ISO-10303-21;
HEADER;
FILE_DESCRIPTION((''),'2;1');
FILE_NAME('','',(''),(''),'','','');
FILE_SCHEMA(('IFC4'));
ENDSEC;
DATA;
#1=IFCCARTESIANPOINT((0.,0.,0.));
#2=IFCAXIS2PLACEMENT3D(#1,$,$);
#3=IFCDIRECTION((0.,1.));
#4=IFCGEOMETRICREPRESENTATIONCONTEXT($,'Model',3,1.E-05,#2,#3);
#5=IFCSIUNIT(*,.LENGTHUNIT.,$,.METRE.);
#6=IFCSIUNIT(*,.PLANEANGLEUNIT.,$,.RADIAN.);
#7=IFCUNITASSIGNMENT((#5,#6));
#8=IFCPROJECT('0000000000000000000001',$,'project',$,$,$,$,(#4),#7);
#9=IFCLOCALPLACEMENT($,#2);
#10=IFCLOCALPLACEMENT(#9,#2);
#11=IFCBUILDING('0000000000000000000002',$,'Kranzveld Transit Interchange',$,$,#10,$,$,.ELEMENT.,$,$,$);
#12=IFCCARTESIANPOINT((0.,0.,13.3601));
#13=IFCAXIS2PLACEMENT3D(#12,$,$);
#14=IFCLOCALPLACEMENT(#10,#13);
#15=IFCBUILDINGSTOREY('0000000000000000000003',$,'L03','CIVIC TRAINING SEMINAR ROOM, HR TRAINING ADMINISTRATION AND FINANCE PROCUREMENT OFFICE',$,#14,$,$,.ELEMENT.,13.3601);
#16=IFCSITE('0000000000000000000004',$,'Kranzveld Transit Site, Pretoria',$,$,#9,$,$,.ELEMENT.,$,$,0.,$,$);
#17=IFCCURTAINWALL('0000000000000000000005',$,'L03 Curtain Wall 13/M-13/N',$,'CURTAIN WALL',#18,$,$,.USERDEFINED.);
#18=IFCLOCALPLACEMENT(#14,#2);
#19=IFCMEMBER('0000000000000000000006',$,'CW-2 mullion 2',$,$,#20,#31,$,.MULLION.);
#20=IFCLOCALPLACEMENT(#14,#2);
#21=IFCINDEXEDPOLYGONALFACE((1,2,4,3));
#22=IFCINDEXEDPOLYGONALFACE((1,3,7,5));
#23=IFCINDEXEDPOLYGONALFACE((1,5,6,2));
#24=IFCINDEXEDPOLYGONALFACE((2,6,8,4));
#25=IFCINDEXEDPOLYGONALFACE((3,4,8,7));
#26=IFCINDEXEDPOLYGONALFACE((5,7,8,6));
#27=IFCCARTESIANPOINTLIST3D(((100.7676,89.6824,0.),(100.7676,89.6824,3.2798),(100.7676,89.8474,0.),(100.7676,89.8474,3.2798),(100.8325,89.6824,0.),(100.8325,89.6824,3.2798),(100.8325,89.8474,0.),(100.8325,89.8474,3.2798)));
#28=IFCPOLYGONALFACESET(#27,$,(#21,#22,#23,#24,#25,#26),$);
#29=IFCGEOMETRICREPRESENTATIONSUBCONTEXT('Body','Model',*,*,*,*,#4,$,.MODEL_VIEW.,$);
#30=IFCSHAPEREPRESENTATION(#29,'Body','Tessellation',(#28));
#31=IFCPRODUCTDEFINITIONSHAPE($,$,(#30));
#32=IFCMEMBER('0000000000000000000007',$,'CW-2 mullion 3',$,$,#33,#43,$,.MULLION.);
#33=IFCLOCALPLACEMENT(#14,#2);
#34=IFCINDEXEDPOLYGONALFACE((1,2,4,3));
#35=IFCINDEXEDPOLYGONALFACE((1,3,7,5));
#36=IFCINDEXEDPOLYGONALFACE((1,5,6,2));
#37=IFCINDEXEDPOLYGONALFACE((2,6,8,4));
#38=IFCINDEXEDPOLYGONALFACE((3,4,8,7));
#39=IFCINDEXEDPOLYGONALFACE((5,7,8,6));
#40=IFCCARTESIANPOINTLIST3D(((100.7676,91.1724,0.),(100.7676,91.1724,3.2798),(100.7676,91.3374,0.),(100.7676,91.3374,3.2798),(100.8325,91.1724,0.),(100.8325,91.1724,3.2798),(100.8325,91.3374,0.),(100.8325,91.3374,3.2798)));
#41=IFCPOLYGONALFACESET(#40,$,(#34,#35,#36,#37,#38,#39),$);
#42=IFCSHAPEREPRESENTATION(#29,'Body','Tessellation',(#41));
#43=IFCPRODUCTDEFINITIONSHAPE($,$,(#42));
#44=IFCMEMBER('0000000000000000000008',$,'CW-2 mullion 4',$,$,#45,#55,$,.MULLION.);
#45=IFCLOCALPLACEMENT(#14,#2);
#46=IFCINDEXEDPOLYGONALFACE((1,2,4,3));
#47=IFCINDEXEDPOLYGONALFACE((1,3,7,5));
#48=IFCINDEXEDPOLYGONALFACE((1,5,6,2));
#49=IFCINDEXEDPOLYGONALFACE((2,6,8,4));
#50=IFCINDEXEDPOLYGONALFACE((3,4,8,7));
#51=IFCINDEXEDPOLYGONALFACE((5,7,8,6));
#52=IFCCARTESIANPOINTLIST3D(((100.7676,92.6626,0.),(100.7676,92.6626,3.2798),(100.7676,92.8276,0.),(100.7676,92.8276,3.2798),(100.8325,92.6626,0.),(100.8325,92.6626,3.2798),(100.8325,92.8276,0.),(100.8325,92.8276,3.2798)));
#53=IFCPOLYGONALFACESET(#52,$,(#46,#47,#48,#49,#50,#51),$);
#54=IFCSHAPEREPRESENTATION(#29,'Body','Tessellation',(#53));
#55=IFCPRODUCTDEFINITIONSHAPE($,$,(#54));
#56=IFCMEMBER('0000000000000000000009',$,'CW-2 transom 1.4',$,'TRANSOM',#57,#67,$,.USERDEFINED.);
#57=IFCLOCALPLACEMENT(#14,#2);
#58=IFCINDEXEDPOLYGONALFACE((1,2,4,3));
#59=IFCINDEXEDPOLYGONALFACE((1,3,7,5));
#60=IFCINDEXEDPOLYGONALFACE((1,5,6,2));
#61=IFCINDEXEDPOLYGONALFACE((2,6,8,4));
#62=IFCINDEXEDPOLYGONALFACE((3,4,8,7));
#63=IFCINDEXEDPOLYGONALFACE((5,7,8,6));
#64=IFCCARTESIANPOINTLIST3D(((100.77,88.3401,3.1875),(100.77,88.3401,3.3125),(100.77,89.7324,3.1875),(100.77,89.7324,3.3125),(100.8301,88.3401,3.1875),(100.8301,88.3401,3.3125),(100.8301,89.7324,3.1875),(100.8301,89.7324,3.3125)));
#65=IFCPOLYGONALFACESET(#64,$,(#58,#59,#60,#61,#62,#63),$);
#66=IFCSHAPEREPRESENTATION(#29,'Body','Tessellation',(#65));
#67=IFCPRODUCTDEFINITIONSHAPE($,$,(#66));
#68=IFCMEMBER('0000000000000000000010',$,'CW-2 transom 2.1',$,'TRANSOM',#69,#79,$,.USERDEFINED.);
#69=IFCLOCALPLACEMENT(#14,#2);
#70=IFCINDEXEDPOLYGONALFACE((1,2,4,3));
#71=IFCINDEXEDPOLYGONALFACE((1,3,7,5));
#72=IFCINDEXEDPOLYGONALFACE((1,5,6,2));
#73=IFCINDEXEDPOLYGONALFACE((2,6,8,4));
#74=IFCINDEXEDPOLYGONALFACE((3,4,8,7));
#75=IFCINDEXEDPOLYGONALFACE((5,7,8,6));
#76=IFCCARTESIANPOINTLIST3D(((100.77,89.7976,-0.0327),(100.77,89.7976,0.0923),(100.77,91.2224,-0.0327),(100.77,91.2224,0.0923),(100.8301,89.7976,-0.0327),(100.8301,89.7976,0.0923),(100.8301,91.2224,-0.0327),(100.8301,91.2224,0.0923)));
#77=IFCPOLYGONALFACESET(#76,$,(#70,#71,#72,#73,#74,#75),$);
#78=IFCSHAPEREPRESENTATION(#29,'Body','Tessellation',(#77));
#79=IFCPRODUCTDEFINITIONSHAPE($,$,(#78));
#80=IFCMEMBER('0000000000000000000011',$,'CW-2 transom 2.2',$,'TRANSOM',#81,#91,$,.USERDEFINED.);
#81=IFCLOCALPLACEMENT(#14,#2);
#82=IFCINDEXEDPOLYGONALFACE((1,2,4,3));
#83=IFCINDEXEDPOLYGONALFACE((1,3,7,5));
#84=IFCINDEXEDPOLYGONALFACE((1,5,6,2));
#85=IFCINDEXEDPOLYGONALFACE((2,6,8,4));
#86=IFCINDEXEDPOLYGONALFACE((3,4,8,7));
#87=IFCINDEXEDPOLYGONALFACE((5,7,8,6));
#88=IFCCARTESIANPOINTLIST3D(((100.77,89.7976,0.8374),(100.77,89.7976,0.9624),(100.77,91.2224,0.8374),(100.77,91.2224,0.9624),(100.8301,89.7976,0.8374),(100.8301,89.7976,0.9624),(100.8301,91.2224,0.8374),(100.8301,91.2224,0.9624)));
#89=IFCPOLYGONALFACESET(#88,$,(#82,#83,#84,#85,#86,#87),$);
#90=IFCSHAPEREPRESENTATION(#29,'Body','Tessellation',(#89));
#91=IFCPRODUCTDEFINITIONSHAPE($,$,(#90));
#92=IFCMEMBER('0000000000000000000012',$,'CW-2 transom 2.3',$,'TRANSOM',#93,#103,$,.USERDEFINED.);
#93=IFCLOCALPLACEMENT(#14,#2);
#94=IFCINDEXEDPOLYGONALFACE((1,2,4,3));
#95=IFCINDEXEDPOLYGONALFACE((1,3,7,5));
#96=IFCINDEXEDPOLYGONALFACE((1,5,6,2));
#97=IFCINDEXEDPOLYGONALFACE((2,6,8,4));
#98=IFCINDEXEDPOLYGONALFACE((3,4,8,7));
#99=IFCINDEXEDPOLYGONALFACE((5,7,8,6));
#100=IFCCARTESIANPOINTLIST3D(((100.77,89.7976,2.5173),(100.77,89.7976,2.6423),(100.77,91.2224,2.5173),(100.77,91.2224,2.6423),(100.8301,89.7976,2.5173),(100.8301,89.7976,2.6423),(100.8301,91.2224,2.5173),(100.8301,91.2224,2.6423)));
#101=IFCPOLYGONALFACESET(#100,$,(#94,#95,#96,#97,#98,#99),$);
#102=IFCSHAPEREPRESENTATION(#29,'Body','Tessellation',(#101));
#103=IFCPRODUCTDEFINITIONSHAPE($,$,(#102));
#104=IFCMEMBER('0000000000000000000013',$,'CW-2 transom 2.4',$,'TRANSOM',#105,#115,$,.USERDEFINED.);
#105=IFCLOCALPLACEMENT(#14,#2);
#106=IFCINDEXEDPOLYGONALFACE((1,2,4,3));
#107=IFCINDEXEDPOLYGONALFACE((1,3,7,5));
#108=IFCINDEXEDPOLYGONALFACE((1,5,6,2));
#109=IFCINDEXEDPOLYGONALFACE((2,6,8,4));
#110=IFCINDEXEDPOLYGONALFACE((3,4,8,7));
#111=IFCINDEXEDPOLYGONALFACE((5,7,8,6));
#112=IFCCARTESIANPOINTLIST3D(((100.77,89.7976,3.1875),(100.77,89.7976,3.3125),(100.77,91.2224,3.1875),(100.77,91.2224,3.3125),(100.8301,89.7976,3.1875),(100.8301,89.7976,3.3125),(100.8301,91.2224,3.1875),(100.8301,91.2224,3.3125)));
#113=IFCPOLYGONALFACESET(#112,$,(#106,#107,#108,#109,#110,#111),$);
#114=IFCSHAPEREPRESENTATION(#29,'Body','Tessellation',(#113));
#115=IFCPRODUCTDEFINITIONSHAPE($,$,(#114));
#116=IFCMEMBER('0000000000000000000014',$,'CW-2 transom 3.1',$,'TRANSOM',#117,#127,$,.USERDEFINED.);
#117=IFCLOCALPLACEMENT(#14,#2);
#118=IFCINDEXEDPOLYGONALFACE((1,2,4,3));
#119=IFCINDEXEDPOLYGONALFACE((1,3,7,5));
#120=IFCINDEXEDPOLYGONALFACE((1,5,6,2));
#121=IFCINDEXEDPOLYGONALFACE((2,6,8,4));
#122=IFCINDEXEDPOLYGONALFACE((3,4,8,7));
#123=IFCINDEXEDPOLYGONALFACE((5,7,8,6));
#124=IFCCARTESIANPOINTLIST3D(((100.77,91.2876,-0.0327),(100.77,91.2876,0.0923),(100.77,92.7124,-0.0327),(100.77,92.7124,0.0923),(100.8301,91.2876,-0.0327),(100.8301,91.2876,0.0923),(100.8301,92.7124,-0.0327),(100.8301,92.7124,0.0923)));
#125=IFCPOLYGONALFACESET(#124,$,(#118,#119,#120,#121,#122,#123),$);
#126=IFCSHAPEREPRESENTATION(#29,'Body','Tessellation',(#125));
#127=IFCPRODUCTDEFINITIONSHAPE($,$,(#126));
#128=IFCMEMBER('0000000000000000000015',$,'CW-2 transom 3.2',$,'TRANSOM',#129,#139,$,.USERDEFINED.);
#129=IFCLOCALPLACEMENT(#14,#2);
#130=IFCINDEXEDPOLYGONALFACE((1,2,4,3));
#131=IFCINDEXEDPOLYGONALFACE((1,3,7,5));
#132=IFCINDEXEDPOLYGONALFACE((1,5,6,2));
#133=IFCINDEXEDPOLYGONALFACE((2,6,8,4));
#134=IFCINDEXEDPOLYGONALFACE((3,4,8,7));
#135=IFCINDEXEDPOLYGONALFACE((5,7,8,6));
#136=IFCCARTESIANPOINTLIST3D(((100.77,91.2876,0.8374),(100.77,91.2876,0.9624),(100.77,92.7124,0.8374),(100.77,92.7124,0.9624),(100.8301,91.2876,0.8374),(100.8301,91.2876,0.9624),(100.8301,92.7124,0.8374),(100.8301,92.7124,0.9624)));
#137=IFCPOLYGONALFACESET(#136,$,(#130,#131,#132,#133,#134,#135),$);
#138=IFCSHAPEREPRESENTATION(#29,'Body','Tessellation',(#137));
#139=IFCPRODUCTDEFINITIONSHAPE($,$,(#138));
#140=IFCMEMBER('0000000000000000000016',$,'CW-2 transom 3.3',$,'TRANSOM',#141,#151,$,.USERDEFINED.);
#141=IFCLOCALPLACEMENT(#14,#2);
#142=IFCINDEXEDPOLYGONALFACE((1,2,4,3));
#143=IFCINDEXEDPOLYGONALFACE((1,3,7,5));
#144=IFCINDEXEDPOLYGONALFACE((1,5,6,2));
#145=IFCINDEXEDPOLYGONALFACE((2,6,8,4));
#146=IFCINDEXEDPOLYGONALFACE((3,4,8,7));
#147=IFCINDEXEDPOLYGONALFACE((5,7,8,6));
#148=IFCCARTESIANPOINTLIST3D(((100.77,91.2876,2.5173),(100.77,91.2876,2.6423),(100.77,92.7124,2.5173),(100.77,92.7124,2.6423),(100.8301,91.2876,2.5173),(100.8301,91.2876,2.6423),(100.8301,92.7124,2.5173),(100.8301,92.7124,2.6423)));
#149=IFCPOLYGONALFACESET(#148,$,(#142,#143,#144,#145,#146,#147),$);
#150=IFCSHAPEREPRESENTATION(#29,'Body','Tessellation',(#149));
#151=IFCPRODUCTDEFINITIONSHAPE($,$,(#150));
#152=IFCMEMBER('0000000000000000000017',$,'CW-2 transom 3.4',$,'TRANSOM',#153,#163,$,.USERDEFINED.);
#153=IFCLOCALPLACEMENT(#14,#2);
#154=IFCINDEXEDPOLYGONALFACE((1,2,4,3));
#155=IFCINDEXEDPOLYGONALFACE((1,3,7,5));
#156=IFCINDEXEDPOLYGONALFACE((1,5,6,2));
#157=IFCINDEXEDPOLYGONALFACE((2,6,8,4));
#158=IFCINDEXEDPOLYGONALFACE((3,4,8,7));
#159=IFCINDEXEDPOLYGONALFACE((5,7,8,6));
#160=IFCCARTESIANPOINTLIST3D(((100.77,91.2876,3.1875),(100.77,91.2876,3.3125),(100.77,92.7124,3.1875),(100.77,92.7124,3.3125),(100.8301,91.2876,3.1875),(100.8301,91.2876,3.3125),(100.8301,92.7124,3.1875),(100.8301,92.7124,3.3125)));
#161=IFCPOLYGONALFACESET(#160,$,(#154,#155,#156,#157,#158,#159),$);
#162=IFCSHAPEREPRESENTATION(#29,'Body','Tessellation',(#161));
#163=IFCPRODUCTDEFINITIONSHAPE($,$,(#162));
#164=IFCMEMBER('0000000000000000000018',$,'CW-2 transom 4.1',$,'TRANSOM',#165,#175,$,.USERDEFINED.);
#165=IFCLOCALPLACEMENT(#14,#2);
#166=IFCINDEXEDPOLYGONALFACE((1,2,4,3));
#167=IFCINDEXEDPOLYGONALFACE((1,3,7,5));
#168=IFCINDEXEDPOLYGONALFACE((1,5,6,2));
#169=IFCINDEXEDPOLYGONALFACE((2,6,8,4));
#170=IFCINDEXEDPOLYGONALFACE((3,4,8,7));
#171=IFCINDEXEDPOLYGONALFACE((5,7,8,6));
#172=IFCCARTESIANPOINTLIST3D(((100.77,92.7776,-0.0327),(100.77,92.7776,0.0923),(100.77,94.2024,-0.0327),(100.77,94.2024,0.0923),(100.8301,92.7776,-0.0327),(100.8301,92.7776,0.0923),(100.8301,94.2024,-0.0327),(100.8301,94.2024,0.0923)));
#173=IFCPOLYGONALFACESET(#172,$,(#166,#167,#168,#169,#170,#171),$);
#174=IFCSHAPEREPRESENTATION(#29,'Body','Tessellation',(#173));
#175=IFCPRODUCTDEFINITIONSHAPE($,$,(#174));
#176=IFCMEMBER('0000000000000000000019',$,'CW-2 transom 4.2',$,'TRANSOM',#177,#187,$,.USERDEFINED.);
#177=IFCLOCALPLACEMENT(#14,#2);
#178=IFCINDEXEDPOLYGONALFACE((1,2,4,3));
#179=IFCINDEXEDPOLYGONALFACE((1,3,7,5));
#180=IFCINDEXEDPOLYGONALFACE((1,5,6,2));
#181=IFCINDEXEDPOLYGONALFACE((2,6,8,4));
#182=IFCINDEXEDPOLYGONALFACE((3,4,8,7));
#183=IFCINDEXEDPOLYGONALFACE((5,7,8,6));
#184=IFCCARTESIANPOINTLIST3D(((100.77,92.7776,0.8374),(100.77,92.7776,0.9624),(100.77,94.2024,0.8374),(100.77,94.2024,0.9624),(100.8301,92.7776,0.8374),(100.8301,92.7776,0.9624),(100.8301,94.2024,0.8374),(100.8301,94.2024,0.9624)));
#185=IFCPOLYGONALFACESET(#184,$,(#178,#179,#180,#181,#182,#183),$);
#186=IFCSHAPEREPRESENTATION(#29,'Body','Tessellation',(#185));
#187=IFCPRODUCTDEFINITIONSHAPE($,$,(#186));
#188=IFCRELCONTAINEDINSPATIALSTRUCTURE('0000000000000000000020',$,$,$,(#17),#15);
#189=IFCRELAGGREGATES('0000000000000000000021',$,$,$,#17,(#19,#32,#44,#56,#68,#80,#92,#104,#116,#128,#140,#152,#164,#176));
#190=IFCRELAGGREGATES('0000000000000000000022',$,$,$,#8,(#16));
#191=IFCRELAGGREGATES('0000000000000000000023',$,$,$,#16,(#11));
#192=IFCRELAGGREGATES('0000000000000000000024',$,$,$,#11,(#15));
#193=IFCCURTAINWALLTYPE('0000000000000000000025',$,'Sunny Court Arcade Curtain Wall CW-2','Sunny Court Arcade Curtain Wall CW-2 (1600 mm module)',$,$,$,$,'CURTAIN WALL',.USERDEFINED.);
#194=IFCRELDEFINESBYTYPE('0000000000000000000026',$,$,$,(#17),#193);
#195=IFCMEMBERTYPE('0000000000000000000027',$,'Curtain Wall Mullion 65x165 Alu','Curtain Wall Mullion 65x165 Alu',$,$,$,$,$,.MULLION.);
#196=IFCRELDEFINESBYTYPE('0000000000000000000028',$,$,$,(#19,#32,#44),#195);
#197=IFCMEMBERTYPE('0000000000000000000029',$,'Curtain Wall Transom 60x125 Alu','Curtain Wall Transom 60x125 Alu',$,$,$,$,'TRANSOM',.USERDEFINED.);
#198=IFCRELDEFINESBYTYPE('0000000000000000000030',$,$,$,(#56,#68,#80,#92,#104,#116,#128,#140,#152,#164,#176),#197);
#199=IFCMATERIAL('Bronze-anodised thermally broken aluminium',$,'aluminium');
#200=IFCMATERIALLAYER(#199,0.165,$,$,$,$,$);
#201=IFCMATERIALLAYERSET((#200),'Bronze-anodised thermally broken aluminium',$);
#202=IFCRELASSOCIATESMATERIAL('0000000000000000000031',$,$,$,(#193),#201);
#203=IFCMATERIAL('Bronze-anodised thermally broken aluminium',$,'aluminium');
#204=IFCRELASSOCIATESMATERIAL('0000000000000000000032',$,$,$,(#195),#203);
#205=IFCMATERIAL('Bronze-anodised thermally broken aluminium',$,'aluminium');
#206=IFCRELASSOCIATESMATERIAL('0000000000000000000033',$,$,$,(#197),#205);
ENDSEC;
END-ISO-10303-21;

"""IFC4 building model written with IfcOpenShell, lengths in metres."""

from ifc_helpers import new_model, si_unit, direction, frame, origin, origin_2d, place, context, subcontext, project, spatial, rectangle, extrude, material, layer, layer_set, material_profile, profile_set, type_object, element, aggregate, save


model = new_model("IFC4")

# Units and contexts
model_context = context("Model", 3, precision=1e-05, world=origin(), true_north=direction((0.0, 1.0)))
body_context = subcontext(model_context, "Body", "Model", "MODEL_VIEW")
ifc_project = project(units=[si_unit("LENGTHUNIT", "METRE"), si_unit("PLANEANGLEUNIT", "RADIAN")], contexts=[model_context])

# Site, building, storey
site_placement = place(None, origin())
site = spatial("IfcSite", under=ifc_project, at=site_placement, Name="Kranzveld Transit Site, Pretoria", CompositionType="ELEMENT", RefElevation=0.0)
building_placement = place(site_placement, origin())
building = spatial("IfcBuilding", under=site, at=building_placement, Name="Kranzveld Transit Interchange", CompositionType="ELEMENT")
storey_placement = place(building_placement, frame((0.0, 0.0, 13.3601)))
storey = spatial("IfcBuildingStorey", under=building, at=storey_placement, Name="L03", Description="CIVIC TRAINING SEMINAR ROOM, HR TRAINING ADMINISTRATION AND FINANCE PROCUREMENT OFFICE", CompositionType="ELEMENT", Elevation=13.3601)

# Curtain wall, members
ifc_material_1 = material(Name="Bronze-anodised thermally broken aluminium", Category="aluminium")
ifc_layer_1 = layer(ifc_material_1, 0.165)
ifc_layer_set_1 = layer_set([ifc_layer_1], Name="Bronze-anodised thermally broken aluminium")
curtain_wall_type = type_object("IfcCurtainWallType", Name="Sunny Court Arcade Curtain Wall CW-2", Description="Sunny Court Arcade Curtain Wall CW-2 (1600 mm module)", ElementType="CURTAIN WALL", PredefinedType="USERDEFINED", material=ifc_layer_set_1)
curtain_wall_placement = place(storey_placement, origin())
curtain_wall = element("IfcCurtainWall", 1, at=curtain_wall_placement, inside=storey, type_object=curtain_wall_type, Name="L03 Curtain Wall 13/M-13/N", ObjectType="CURTAIN WALL", PredefinedType="USERDEFINED")
ifc_material_2 = material(Name="Bronze-anodised thermally broken aluminium", Category="aluminium")
ifc_material_profile_1 = material_profile(ifc_material_2, rectangle(XDim=0.0649, YDim=0.165, at=origin_2d()), Name="ALU MULLION 65x165")
ifc_profile_set_1 = profile_set([ifc_material_profile_1], Name="Bronze-anodised thermally broken aluminium")
member_type_1 = type_object("IfcMemberType", Name="Curtain Wall Mullion 65x165 Alu", Description="Curtain Wall Mullion 65x165 Alu", PredefinedType="MULLION", material=ifc_profile_set_1)
member_1_placement = place(storey_placement, frame((100.8, 89.7649, 0.0), z_axis=(0.0, 0.0, 1.0), x_axis=(-1.0, 0.0, 0.0)))
member_1 = element("IfcMember", 2, at=member_1_placement, type_object=member_type_1, Name="CW-2 mullion 2", PredefinedType="MULLION", context=body_context, shape_type="SweptSolid", body=[
    extrude(rectangle(XDim=0.0649, YDim=0.165, at=origin_2d()), origin(), (0.0, 0.0, 1.0), 3.2798),
])
member_2_placement = place(storey_placement, frame((100.8, 91.2549, 0.0), z_axis=(0.0, 0.0, 1.0), x_axis=(-1.0, 0.0, 0.0)))
member_2 = element("IfcMember", 3, at=member_2_placement, type_object=member_type_1, Name="CW-2 mullion 3", PredefinedType="MULLION", context=body_context, shape_type="SweptSolid", body=[
    extrude(rectangle(XDim=0.0649, YDim=0.165, at=origin_2d()), origin(), (0.0, 0.0, 1.0), 3.2798),
])
member_3_placement = place(storey_placement, frame((100.8, 92.7451, 0.0), z_axis=(0.0, 0.0, 1.0), x_axis=(-1.0, 0.0, 0.0)))
member_3 = element("IfcMember", 4, at=member_3_placement, type_object=member_type_1, Name="CW-2 mullion 4", PredefinedType="MULLION", context=body_context, shape_type="SweptSolid", body=[
    extrude(rectangle(XDim=0.0649, YDim=0.165, at=origin_2d()), origin(), (0.0, 0.0, 1.0), 3.2798),
])
ifc_material_3 = material(Name="Bronze-anodised thermally broken aluminium", Category="aluminium")
ifc_material_profile_2 = material_profile(ifc_material_3, rectangle(XDim=0.0601, YDim=0.125, at=origin_2d()), Name="ALU TRANSOM 60x125")
ifc_profile_set_2 = profile_set([ifc_material_profile_2], Name="Bronze-anodised thermally broken aluminium")
member_type_2 = type_object("IfcMemberType", Name="Curtain Wall Transom 60x125 Alu", Description="Curtain Wall Transom 60x125 Alu", ElementType="TRANSOM", PredefinedType="USERDEFINED", material=ifc_profile_set_2)
member_4_placement = place(storey_placement, frame((100.8, 88.3401, 3.25), z_axis=(0.0, 1.0, 0.0), x_axis=(-1.0, 0.0, 0.0)))
member_4 = element("IfcMember", 5, at=member_4_placement, type_object=member_type_2, Name="CW-2 transom 1.4", ObjectType="TRANSOM", PredefinedType="USERDEFINED", context=body_context, shape_type="SweptSolid", body=[
    extrude(rectangle(XDim=0.0601, YDim=0.125, at=origin_2d()), origin(), (0.0, 0.0, 1.0), 1.3923),
])
member_5_placement = place(storey_placement, frame((100.8, 89.7976, 0.0298), z_axis=(0.0, 1.0, 0.0), x_axis=(-1.0, 0.0, 0.0)))
member_5 = element("IfcMember", 6, at=member_5_placement, type_object=member_type_2, Name="CW-2 transom 2.1", ObjectType="TRANSOM", PredefinedType="USERDEFINED", context=body_context, shape_type="SweptSolid", body=[
    extrude(rectangle(XDim=0.0601, YDim=0.125, at=origin_2d()), origin(), (0.0, 0.0, 1.0), 1.4248),
])
member_6_placement = place(storey_placement, frame((100.8, 89.7976, 0.8999), z_axis=(0.0, 1.0, 0.0), x_axis=(-1.0, 0.0, 0.0)))
member_6 = element("IfcMember", 7, at=member_6_placement, type_object=member_type_2, Name="CW-2 transom 2.2", ObjectType="TRANSOM", PredefinedType="USERDEFINED", context=body_context, shape_type="SweptSolid", body=[
    extrude(rectangle(XDim=0.0601, YDim=0.125, at=origin_2d()), origin(), (0.0, 0.0, 1.0), 1.4248),
])
member_7_placement = place(storey_placement, frame((100.8, 89.7976, 2.5798), z_axis=(0.0, 1.0, 0.0), x_axis=(-1.0, 0.0, 0.0)))
member_7 = element("IfcMember", 8, at=member_7_placement, type_object=member_type_2, Name="CW-2 transom 2.3", ObjectType="TRANSOM", PredefinedType="USERDEFINED", context=body_context, shape_type="SweptSolid", body=[
    extrude(rectangle(XDim=0.0601, YDim=0.125, at=origin_2d()), origin(), (0.0, 0.0, 1.0), 1.4248),
])
member_8_placement = place(storey_placement, frame((100.8, 89.7976, 3.25), z_axis=(0.0, 1.0, 0.0), x_axis=(-1.0, 0.0, 0.0)))
member_8 = element("IfcMember", 9, at=member_8_placement, type_object=member_type_2, Name="CW-2 transom 2.4", ObjectType="TRANSOM", PredefinedType="USERDEFINED", context=body_context, shape_type="SweptSolid", body=[
    extrude(rectangle(XDim=0.0601, YDim=0.125, at=origin_2d()), origin(), (0.0, 0.0, 1.0), 1.4248),
])
member_9_placement = place(storey_placement, frame((100.8, 91.2876, 0.0298), z_axis=(0.0, 1.0, 0.0), x_axis=(-1.0, 0.0, 0.0)))
member_9 = element("IfcMember", 10, at=member_9_placement, type_object=member_type_2, Name="CW-2 transom 3.1", ObjectType="TRANSOM", PredefinedType="USERDEFINED", context=body_context, shape_type="SweptSolid", body=[
    extrude(rectangle(XDim=0.0601, YDim=0.125, at=origin_2d()), origin(), (0.0, 0.0, 1.0), 1.4248),
])
member_10_placement = place(storey_placement, frame((100.8, 91.2876, 0.8999), z_axis=(0.0, 1.0, 0.0), x_axis=(-1.0, 0.0, 0.0)))
member_10 = element("IfcMember", 11, at=member_10_placement, type_object=member_type_2, Name="CW-2 transom 3.2", ObjectType="TRANSOM", PredefinedType="USERDEFINED", context=body_context, shape_type="SweptSolid", body=[
    extrude(rectangle(XDim=0.0601, YDim=0.125, at=origin_2d()), origin(), (0.0, 0.0, 1.0), 1.4248),
])
member_11_placement = place(storey_placement, frame((100.8, 91.2876, 2.5798), z_axis=(0.0, 1.0, 0.0), x_axis=(-1.0, 0.0, 0.0)))
member_11 = element("IfcMember", 12, at=member_11_placement, type_object=member_type_2, Name="CW-2 transom 3.3", ObjectType="TRANSOM", PredefinedType="USERDEFINED", context=body_context, shape_type="SweptSolid", body=[
    extrude(rectangle(XDim=0.0601, YDim=0.125, at=origin_2d()), origin(), (0.0, 0.0, 1.0), 1.4248),
])
member_12_placement = place(storey_placement, frame((100.8, 91.2876, 3.25), z_axis=(0.0, 1.0, 0.0), x_axis=(-1.0, 0.0, 0.0)))
member_12 = element("IfcMember", 13, at=member_12_placement, type_object=member_type_2, Name="CW-2 transom 3.4", ObjectType="TRANSOM", PredefinedType="USERDEFINED", context=body_context, shape_type="SweptSolid", body=[
    extrude(rectangle(XDim=0.0601, YDim=0.125, at=origin_2d()), origin(), (0.0, 0.0, 1.0), 1.4248),
])
member_13_placement = place(storey_placement, frame((100.8, 92.7776, 0.0298), z_axis=(0.0, 1.0, 0.0), x_axis=(-1.0, 0.0, 0.0)))
member_13 = element("IfcMember", 14, at=member_13_placement, type_object=member_type_2, Name="CW-2 transom 4.1", ObjectType="TRANSOM", PredefinedType="USERDEFINED", context=body_context, shape_type="SweptSolid", body=[
    extrude(rectangle(XDim=0.0601, YDim=0.125, at=origin_2d()), origin(), (0.0, 0.0, 1.0), 1.4248),
])
member_14_placement = place(storey_placement, frame((100.8, 92.7776, 0.8999), z_axis=(0.0, 1.0, 0.0), x_axis=(-1.0, 0.0, 0.0)))
member_14 = element("IfcMember", 15, at=member_14_placement, type_object=member_type_2, Name="CW-2 transom 4.2", ObjectType="TRANSOM", PredefinedType="USERDEFINED", context=body_context, shape_type="SweptSolid", body=[
    extrude(rectangle(XDim=0.0601, YDim=0.125, at=origin_2d()), origin(), (0.0, 0.0, 1.0), 1.4248),
])

aggregate(curtain_wall, [member_1, member_2, member_3, member_4, member_5, member_6, member_7, member_8, member_9, member_10, member_11, member_12, member_13, member_14])

save(model, "model.ifc")
